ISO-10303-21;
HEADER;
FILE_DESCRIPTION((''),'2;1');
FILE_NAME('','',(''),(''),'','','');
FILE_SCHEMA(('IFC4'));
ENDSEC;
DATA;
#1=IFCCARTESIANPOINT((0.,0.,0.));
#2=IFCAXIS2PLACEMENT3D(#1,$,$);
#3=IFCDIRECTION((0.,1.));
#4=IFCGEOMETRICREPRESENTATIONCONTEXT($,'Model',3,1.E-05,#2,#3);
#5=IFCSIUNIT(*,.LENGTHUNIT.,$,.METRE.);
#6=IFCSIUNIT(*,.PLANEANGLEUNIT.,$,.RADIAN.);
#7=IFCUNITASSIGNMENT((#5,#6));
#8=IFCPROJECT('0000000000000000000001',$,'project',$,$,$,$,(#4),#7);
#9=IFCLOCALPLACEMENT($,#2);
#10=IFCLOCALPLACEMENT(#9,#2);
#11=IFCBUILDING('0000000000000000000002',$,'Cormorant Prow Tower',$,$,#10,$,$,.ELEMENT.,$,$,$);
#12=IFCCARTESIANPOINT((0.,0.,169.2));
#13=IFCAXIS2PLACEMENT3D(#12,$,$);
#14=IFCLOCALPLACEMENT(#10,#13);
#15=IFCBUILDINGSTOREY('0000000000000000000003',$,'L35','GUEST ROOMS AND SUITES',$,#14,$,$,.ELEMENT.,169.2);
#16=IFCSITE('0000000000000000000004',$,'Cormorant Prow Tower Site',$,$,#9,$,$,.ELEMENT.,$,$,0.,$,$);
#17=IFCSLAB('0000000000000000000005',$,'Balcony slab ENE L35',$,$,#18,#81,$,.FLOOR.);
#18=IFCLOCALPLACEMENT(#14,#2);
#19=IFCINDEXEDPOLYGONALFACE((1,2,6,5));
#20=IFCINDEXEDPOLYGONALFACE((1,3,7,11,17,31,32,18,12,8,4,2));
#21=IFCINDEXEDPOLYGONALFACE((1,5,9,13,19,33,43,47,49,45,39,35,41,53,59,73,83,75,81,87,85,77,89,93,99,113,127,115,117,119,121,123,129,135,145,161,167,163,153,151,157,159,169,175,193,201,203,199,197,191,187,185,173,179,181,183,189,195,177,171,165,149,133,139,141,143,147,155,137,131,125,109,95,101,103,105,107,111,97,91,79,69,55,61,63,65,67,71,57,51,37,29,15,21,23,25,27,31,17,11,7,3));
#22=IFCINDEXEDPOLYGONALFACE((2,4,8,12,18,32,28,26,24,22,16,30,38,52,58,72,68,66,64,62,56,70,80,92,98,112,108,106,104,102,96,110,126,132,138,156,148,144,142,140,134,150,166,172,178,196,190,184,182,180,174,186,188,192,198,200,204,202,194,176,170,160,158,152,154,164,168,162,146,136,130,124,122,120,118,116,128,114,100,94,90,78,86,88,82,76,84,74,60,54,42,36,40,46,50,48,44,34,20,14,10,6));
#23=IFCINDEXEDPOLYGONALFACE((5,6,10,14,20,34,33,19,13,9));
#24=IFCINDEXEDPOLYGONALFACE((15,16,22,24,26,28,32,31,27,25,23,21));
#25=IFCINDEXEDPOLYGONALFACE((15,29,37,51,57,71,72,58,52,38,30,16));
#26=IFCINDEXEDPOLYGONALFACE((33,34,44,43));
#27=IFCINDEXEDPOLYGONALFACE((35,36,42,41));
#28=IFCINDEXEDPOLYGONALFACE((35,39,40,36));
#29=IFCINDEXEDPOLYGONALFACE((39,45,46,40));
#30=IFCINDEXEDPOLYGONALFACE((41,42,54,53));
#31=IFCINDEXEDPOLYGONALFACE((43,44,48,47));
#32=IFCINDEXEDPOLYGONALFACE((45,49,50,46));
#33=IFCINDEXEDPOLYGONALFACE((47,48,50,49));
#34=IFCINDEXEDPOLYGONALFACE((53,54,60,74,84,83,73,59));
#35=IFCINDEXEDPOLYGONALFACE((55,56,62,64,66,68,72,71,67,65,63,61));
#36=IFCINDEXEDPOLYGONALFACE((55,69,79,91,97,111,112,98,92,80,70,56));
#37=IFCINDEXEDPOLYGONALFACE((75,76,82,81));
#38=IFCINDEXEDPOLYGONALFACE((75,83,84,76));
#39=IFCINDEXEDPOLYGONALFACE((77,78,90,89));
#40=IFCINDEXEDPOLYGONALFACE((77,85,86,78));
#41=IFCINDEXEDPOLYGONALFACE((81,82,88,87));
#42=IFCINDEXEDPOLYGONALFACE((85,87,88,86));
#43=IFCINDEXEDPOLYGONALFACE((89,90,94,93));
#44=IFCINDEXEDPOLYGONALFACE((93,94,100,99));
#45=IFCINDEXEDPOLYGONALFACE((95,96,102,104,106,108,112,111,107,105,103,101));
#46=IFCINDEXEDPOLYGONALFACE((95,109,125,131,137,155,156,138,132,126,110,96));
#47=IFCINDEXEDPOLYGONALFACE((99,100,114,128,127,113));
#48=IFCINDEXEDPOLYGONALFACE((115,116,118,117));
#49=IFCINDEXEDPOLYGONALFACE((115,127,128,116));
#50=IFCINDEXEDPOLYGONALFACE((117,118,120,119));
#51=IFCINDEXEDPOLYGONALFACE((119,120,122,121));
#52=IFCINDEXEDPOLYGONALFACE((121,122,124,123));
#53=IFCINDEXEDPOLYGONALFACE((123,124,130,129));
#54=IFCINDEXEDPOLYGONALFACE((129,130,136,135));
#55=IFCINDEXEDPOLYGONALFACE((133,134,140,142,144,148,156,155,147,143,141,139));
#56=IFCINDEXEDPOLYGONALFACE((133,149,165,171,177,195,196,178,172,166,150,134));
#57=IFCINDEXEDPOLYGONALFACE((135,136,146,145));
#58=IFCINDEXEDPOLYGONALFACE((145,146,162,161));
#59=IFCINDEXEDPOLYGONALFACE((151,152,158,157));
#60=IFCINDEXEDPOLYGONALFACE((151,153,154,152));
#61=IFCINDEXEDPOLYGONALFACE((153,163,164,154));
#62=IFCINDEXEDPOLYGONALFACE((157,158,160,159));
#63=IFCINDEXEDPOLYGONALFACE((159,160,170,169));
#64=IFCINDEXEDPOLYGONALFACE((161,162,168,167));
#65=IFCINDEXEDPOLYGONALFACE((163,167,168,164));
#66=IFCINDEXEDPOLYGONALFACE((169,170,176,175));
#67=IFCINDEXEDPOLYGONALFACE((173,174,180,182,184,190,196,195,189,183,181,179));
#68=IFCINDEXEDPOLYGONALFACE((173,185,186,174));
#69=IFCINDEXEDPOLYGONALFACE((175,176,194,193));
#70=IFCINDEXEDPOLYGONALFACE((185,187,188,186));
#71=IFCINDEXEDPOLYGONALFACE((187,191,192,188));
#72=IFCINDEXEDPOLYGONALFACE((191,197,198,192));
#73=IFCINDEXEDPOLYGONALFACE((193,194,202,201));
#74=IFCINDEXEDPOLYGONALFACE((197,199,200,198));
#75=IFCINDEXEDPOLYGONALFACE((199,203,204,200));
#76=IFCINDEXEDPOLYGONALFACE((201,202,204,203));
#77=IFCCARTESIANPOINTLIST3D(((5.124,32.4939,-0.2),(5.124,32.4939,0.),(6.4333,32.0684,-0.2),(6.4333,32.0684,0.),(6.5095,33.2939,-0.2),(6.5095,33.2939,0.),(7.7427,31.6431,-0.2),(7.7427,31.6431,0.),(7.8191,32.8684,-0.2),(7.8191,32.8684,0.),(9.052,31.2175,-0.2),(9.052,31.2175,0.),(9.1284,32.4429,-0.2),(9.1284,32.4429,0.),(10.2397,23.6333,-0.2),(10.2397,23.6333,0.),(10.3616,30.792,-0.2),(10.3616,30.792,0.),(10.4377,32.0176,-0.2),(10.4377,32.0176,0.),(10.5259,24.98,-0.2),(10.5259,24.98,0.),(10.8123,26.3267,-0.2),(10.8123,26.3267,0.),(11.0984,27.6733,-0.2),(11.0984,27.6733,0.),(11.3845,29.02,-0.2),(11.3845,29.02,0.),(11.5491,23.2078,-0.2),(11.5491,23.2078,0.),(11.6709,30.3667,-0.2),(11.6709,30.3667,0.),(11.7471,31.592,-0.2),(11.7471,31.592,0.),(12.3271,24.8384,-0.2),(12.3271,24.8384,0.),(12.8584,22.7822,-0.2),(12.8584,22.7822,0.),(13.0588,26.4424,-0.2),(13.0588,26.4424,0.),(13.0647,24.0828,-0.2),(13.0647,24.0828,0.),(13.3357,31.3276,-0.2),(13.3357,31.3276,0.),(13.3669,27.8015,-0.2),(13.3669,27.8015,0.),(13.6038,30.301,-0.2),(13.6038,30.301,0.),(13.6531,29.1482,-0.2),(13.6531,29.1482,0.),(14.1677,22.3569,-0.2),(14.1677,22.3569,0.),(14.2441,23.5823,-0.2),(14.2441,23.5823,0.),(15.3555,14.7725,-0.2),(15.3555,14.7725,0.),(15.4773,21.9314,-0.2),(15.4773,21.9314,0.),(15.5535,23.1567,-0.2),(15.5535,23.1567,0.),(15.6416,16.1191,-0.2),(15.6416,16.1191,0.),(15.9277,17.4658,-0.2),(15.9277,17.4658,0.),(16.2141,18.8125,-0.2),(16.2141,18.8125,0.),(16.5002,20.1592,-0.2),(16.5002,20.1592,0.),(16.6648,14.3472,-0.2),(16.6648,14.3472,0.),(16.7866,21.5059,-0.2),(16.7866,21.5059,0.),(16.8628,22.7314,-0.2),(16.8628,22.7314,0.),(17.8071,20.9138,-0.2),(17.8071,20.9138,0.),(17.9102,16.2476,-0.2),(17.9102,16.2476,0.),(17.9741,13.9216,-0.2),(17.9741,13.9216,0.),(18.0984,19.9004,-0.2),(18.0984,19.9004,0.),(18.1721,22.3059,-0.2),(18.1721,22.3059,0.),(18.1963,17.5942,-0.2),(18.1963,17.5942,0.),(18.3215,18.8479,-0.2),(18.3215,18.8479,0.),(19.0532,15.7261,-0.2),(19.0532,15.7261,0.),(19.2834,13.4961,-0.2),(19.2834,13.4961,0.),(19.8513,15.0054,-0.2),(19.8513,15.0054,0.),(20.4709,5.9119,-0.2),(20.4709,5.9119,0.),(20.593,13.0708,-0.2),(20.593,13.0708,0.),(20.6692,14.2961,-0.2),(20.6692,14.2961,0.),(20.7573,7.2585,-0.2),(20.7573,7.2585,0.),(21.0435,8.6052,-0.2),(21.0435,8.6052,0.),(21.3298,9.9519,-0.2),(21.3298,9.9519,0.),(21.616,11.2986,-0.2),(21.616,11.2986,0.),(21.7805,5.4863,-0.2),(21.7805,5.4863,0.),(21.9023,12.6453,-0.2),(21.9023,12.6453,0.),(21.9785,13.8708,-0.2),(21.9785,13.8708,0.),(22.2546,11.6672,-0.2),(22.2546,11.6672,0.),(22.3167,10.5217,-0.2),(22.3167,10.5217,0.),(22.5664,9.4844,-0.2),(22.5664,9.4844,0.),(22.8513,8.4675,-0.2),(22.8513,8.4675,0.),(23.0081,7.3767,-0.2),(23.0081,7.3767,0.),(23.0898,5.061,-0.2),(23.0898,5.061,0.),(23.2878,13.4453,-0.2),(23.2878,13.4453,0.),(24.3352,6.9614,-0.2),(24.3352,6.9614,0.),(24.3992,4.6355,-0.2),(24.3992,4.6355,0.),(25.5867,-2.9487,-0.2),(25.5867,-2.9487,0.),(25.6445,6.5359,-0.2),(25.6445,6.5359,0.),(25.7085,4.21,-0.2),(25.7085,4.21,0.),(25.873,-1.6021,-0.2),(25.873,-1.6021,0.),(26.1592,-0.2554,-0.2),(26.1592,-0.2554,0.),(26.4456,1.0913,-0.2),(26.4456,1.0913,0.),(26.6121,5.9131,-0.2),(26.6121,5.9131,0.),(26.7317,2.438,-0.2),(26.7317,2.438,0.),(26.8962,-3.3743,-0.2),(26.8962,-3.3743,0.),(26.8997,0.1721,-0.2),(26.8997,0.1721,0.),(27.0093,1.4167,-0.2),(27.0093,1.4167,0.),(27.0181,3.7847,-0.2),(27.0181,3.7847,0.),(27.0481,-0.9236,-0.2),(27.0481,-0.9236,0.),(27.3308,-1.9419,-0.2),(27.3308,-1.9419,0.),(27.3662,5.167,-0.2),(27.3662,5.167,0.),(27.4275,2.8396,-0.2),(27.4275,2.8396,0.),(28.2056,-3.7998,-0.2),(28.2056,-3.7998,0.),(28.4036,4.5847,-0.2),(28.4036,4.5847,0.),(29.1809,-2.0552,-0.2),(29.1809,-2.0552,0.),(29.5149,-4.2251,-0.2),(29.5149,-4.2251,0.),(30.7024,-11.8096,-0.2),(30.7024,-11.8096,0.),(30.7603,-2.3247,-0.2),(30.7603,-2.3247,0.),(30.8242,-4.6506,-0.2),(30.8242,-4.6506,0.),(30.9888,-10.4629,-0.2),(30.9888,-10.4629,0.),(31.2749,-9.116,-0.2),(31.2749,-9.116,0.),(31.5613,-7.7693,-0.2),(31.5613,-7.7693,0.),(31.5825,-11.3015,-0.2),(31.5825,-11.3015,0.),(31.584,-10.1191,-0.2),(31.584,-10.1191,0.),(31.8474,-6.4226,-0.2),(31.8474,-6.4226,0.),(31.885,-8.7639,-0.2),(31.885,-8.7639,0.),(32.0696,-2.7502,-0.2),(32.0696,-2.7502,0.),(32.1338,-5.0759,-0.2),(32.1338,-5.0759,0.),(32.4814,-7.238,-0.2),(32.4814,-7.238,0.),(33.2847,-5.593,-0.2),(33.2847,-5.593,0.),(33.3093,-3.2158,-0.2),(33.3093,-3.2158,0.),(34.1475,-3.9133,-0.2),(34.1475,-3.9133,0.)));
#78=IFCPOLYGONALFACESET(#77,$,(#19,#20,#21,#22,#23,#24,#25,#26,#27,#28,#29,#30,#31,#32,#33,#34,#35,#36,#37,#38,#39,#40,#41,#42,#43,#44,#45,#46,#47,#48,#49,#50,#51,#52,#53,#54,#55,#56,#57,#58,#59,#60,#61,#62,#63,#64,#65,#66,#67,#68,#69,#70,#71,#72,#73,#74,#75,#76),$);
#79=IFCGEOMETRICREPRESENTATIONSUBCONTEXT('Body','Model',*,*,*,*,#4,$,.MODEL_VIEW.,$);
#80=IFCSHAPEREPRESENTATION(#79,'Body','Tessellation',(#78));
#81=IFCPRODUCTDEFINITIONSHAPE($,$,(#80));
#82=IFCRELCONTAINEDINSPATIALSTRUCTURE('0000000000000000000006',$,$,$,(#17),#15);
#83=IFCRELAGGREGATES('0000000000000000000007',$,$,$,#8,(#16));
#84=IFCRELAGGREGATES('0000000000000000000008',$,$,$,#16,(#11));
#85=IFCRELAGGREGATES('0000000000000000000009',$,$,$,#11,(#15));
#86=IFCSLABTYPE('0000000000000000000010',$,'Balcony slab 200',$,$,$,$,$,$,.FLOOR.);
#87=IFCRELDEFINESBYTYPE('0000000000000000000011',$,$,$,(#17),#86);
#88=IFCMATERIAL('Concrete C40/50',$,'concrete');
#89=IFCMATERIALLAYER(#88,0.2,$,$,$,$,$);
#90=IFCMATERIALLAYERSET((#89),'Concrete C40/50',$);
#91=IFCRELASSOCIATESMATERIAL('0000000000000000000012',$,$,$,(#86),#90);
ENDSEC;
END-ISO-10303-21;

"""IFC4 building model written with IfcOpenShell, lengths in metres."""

from ifc_helpers import new_model, si_unit, direction, frame, origin, place, context, subcontext, project, spatial, polyline, outline, extrude, material, layer, layer_set, type_object, element, save


model = new_model("IFC4")

# Units and contexts
model_context = context("Model", 3, precision=1e-05, world=origin(), true_north=direction((0.0, 1.0)))
body_context = subcontext(model_context, "Body", "Model", "MODEL_VIEW")
ifc_project = project(units=[si_unit("LENGTHUNIT", "METRE"), si_unit("PLANEANGLEUNIT", "RADIAN")], contexts=[model_context])

# Site, building, storey
site_placement = place(None, origin())
site = spatial("IfcSite", under=ifc_project, at=site_placement, Name="Cormorant Prow Tower Site", CompositionType="ELEMENT", RefElevation=0.0)
building_placement = place(site_placement, origin())
building = spatial("IfcBuilding", under=site, at=building_placement, Name="Cormorant Prow Tower", CompositionType="ELEMENT")
storey_placement = place(building_placement, frame((0.0, 0.0, 169.2)))
storey = spatial("IfcBuildingStorey", under=building, at=storey_placement, Name="L35", Description="GUEST ROOMS AND SUITES", CompositionType="ELEMENT", Elevation=169.2)

# Slab
ifc_material_1 = material(Name="Concrete C40/50", Category="concrete")
ifc_layer_1 = layer(ifc_material_1, 0.2)
ifc_layer_set_1 = layer_set([ifc_layer_1], Name="Concrete C40/50")
slab_type_1 = type_object("IfcSlabType", Name="Balcony slab 200", PredefinedType="FLOOR", material=ifc_layer_set_1)
slab_1_placement = place(storey_placement, frame((0.0, 0.0, -0.2)))
element("IfcSlab", 1, at=slab_1_placement, inside=storey, type_object=slab_type_1, Name="Balcony slab ENE L35", PredefinedType="FLOOR", context=body_context, shape_type="SweptSolid", body=[
    extrude(outline(polyline([(30.7024, -11.8096), (31.5825, -11.3015), (31.584, -10.1191), (31.885, -8.7639), (32.4814, -7.238), (33.2847, -5.593), (34.1475, -3.9133), (33.3093, -3.2158), (32.0696, -2.7502), (30.7603, -2.3247), (29.1809, -2.0552), (27.3308, -1.9419), (27.0481, -0.9236), (26.8997, 0.1721), (27.0093, 1.4167), (27.4275, 2.8396), (28.4036, 4.5847), (27.3662, 5.167), (26.6121, 5.9131), (25.6445, 6.5359), (24.3352, 6.9614), (23.0081, 7.3767), (22.8513, 8.4675), (22.5664, 9.4844), (22.3167, 10.5217), (22.2546, 11.6672), (23.2878, 13.4453), (21.9785, 13.8708), (20.6692, 14.2961), (19.8513, 15.0054), (19.0532, 15.7261), (17.9102, 16.2476), (18.1963, 17.5942), (18.3215, 18.8479), (18.0984, 19.9004), (17.8071, 20.9138), (18.1721, 22.3059), (16.8628, 22.7314), (15.5535, 23.1567), (14.2441, 23.5823), (13.0647, 24.0828), (12.3271, 24.8384), (13.0588, 26.4424), (13.3669, 27.8015), (13.6531, 29.1482), (13.6038, 30.301), (13.3357, 31.3276), (11.7471, 31.592), (10.4377, 32.0176), (9.1284, 32.4429), (7.8191, 32.8684), (6.5095, 33.2939), (5.124, 32.4939), (6.4333, 32.0684), (7.7427, 31.6431), (9.052, 31.2175), (10.3616, 30.792), (11.6709, 30.3667), (11.3845, 29.02), (11.0984, 27.6733), (10.8123, 26.3267), (10.5259, 24.98), (10.2397, 23.6333), (11.5491, 23.2078), (12.8584, 22.7822), (14.1677, 22.3569), (15.4773, 21.9314), (16.7866, 21.5059), (16.5002, 20.1592), (16.2141, 18.8125), (15.9277, 17.4658), (15.6416, 16.1191), (15.3555, 14.7725), (16.6648, 14.3472), (17.9741, 13.9216), (19.2834, 13.4961), (20.593, 13.0708), (21.9023, 12.6453), (21.616, 11.2986), (21.3298, 9.9519), (21.0435, 8.6052), (20.7573, 7.2585), (20.4709, 5.9119), (21.7805, 5.4863), (23.0898, 5.061), (24.3992, 4.6355), (25.7085, 4.21), (27.0181, 3.7847), (26.7317, 2.438), (26.4456, 1.0913), (26.1592, -0.2554), (25.873, -1.6021), (25.5867, -2.9487), (26.8962, -3.3743), (28.2056, -3.7998), (29.5149, -4.2251), (30.8242, -4.6506), (32.1338, -5.0759), (31.8474, -6.4226), (31.5613, -7.7693), (31.2749, -9.116), (30.9888, -10.4629), (30.7024, -11.8096)])), origin(), (0.0, 0.0, 1.0), 0.2),
])

save(model, "model.ifc")
